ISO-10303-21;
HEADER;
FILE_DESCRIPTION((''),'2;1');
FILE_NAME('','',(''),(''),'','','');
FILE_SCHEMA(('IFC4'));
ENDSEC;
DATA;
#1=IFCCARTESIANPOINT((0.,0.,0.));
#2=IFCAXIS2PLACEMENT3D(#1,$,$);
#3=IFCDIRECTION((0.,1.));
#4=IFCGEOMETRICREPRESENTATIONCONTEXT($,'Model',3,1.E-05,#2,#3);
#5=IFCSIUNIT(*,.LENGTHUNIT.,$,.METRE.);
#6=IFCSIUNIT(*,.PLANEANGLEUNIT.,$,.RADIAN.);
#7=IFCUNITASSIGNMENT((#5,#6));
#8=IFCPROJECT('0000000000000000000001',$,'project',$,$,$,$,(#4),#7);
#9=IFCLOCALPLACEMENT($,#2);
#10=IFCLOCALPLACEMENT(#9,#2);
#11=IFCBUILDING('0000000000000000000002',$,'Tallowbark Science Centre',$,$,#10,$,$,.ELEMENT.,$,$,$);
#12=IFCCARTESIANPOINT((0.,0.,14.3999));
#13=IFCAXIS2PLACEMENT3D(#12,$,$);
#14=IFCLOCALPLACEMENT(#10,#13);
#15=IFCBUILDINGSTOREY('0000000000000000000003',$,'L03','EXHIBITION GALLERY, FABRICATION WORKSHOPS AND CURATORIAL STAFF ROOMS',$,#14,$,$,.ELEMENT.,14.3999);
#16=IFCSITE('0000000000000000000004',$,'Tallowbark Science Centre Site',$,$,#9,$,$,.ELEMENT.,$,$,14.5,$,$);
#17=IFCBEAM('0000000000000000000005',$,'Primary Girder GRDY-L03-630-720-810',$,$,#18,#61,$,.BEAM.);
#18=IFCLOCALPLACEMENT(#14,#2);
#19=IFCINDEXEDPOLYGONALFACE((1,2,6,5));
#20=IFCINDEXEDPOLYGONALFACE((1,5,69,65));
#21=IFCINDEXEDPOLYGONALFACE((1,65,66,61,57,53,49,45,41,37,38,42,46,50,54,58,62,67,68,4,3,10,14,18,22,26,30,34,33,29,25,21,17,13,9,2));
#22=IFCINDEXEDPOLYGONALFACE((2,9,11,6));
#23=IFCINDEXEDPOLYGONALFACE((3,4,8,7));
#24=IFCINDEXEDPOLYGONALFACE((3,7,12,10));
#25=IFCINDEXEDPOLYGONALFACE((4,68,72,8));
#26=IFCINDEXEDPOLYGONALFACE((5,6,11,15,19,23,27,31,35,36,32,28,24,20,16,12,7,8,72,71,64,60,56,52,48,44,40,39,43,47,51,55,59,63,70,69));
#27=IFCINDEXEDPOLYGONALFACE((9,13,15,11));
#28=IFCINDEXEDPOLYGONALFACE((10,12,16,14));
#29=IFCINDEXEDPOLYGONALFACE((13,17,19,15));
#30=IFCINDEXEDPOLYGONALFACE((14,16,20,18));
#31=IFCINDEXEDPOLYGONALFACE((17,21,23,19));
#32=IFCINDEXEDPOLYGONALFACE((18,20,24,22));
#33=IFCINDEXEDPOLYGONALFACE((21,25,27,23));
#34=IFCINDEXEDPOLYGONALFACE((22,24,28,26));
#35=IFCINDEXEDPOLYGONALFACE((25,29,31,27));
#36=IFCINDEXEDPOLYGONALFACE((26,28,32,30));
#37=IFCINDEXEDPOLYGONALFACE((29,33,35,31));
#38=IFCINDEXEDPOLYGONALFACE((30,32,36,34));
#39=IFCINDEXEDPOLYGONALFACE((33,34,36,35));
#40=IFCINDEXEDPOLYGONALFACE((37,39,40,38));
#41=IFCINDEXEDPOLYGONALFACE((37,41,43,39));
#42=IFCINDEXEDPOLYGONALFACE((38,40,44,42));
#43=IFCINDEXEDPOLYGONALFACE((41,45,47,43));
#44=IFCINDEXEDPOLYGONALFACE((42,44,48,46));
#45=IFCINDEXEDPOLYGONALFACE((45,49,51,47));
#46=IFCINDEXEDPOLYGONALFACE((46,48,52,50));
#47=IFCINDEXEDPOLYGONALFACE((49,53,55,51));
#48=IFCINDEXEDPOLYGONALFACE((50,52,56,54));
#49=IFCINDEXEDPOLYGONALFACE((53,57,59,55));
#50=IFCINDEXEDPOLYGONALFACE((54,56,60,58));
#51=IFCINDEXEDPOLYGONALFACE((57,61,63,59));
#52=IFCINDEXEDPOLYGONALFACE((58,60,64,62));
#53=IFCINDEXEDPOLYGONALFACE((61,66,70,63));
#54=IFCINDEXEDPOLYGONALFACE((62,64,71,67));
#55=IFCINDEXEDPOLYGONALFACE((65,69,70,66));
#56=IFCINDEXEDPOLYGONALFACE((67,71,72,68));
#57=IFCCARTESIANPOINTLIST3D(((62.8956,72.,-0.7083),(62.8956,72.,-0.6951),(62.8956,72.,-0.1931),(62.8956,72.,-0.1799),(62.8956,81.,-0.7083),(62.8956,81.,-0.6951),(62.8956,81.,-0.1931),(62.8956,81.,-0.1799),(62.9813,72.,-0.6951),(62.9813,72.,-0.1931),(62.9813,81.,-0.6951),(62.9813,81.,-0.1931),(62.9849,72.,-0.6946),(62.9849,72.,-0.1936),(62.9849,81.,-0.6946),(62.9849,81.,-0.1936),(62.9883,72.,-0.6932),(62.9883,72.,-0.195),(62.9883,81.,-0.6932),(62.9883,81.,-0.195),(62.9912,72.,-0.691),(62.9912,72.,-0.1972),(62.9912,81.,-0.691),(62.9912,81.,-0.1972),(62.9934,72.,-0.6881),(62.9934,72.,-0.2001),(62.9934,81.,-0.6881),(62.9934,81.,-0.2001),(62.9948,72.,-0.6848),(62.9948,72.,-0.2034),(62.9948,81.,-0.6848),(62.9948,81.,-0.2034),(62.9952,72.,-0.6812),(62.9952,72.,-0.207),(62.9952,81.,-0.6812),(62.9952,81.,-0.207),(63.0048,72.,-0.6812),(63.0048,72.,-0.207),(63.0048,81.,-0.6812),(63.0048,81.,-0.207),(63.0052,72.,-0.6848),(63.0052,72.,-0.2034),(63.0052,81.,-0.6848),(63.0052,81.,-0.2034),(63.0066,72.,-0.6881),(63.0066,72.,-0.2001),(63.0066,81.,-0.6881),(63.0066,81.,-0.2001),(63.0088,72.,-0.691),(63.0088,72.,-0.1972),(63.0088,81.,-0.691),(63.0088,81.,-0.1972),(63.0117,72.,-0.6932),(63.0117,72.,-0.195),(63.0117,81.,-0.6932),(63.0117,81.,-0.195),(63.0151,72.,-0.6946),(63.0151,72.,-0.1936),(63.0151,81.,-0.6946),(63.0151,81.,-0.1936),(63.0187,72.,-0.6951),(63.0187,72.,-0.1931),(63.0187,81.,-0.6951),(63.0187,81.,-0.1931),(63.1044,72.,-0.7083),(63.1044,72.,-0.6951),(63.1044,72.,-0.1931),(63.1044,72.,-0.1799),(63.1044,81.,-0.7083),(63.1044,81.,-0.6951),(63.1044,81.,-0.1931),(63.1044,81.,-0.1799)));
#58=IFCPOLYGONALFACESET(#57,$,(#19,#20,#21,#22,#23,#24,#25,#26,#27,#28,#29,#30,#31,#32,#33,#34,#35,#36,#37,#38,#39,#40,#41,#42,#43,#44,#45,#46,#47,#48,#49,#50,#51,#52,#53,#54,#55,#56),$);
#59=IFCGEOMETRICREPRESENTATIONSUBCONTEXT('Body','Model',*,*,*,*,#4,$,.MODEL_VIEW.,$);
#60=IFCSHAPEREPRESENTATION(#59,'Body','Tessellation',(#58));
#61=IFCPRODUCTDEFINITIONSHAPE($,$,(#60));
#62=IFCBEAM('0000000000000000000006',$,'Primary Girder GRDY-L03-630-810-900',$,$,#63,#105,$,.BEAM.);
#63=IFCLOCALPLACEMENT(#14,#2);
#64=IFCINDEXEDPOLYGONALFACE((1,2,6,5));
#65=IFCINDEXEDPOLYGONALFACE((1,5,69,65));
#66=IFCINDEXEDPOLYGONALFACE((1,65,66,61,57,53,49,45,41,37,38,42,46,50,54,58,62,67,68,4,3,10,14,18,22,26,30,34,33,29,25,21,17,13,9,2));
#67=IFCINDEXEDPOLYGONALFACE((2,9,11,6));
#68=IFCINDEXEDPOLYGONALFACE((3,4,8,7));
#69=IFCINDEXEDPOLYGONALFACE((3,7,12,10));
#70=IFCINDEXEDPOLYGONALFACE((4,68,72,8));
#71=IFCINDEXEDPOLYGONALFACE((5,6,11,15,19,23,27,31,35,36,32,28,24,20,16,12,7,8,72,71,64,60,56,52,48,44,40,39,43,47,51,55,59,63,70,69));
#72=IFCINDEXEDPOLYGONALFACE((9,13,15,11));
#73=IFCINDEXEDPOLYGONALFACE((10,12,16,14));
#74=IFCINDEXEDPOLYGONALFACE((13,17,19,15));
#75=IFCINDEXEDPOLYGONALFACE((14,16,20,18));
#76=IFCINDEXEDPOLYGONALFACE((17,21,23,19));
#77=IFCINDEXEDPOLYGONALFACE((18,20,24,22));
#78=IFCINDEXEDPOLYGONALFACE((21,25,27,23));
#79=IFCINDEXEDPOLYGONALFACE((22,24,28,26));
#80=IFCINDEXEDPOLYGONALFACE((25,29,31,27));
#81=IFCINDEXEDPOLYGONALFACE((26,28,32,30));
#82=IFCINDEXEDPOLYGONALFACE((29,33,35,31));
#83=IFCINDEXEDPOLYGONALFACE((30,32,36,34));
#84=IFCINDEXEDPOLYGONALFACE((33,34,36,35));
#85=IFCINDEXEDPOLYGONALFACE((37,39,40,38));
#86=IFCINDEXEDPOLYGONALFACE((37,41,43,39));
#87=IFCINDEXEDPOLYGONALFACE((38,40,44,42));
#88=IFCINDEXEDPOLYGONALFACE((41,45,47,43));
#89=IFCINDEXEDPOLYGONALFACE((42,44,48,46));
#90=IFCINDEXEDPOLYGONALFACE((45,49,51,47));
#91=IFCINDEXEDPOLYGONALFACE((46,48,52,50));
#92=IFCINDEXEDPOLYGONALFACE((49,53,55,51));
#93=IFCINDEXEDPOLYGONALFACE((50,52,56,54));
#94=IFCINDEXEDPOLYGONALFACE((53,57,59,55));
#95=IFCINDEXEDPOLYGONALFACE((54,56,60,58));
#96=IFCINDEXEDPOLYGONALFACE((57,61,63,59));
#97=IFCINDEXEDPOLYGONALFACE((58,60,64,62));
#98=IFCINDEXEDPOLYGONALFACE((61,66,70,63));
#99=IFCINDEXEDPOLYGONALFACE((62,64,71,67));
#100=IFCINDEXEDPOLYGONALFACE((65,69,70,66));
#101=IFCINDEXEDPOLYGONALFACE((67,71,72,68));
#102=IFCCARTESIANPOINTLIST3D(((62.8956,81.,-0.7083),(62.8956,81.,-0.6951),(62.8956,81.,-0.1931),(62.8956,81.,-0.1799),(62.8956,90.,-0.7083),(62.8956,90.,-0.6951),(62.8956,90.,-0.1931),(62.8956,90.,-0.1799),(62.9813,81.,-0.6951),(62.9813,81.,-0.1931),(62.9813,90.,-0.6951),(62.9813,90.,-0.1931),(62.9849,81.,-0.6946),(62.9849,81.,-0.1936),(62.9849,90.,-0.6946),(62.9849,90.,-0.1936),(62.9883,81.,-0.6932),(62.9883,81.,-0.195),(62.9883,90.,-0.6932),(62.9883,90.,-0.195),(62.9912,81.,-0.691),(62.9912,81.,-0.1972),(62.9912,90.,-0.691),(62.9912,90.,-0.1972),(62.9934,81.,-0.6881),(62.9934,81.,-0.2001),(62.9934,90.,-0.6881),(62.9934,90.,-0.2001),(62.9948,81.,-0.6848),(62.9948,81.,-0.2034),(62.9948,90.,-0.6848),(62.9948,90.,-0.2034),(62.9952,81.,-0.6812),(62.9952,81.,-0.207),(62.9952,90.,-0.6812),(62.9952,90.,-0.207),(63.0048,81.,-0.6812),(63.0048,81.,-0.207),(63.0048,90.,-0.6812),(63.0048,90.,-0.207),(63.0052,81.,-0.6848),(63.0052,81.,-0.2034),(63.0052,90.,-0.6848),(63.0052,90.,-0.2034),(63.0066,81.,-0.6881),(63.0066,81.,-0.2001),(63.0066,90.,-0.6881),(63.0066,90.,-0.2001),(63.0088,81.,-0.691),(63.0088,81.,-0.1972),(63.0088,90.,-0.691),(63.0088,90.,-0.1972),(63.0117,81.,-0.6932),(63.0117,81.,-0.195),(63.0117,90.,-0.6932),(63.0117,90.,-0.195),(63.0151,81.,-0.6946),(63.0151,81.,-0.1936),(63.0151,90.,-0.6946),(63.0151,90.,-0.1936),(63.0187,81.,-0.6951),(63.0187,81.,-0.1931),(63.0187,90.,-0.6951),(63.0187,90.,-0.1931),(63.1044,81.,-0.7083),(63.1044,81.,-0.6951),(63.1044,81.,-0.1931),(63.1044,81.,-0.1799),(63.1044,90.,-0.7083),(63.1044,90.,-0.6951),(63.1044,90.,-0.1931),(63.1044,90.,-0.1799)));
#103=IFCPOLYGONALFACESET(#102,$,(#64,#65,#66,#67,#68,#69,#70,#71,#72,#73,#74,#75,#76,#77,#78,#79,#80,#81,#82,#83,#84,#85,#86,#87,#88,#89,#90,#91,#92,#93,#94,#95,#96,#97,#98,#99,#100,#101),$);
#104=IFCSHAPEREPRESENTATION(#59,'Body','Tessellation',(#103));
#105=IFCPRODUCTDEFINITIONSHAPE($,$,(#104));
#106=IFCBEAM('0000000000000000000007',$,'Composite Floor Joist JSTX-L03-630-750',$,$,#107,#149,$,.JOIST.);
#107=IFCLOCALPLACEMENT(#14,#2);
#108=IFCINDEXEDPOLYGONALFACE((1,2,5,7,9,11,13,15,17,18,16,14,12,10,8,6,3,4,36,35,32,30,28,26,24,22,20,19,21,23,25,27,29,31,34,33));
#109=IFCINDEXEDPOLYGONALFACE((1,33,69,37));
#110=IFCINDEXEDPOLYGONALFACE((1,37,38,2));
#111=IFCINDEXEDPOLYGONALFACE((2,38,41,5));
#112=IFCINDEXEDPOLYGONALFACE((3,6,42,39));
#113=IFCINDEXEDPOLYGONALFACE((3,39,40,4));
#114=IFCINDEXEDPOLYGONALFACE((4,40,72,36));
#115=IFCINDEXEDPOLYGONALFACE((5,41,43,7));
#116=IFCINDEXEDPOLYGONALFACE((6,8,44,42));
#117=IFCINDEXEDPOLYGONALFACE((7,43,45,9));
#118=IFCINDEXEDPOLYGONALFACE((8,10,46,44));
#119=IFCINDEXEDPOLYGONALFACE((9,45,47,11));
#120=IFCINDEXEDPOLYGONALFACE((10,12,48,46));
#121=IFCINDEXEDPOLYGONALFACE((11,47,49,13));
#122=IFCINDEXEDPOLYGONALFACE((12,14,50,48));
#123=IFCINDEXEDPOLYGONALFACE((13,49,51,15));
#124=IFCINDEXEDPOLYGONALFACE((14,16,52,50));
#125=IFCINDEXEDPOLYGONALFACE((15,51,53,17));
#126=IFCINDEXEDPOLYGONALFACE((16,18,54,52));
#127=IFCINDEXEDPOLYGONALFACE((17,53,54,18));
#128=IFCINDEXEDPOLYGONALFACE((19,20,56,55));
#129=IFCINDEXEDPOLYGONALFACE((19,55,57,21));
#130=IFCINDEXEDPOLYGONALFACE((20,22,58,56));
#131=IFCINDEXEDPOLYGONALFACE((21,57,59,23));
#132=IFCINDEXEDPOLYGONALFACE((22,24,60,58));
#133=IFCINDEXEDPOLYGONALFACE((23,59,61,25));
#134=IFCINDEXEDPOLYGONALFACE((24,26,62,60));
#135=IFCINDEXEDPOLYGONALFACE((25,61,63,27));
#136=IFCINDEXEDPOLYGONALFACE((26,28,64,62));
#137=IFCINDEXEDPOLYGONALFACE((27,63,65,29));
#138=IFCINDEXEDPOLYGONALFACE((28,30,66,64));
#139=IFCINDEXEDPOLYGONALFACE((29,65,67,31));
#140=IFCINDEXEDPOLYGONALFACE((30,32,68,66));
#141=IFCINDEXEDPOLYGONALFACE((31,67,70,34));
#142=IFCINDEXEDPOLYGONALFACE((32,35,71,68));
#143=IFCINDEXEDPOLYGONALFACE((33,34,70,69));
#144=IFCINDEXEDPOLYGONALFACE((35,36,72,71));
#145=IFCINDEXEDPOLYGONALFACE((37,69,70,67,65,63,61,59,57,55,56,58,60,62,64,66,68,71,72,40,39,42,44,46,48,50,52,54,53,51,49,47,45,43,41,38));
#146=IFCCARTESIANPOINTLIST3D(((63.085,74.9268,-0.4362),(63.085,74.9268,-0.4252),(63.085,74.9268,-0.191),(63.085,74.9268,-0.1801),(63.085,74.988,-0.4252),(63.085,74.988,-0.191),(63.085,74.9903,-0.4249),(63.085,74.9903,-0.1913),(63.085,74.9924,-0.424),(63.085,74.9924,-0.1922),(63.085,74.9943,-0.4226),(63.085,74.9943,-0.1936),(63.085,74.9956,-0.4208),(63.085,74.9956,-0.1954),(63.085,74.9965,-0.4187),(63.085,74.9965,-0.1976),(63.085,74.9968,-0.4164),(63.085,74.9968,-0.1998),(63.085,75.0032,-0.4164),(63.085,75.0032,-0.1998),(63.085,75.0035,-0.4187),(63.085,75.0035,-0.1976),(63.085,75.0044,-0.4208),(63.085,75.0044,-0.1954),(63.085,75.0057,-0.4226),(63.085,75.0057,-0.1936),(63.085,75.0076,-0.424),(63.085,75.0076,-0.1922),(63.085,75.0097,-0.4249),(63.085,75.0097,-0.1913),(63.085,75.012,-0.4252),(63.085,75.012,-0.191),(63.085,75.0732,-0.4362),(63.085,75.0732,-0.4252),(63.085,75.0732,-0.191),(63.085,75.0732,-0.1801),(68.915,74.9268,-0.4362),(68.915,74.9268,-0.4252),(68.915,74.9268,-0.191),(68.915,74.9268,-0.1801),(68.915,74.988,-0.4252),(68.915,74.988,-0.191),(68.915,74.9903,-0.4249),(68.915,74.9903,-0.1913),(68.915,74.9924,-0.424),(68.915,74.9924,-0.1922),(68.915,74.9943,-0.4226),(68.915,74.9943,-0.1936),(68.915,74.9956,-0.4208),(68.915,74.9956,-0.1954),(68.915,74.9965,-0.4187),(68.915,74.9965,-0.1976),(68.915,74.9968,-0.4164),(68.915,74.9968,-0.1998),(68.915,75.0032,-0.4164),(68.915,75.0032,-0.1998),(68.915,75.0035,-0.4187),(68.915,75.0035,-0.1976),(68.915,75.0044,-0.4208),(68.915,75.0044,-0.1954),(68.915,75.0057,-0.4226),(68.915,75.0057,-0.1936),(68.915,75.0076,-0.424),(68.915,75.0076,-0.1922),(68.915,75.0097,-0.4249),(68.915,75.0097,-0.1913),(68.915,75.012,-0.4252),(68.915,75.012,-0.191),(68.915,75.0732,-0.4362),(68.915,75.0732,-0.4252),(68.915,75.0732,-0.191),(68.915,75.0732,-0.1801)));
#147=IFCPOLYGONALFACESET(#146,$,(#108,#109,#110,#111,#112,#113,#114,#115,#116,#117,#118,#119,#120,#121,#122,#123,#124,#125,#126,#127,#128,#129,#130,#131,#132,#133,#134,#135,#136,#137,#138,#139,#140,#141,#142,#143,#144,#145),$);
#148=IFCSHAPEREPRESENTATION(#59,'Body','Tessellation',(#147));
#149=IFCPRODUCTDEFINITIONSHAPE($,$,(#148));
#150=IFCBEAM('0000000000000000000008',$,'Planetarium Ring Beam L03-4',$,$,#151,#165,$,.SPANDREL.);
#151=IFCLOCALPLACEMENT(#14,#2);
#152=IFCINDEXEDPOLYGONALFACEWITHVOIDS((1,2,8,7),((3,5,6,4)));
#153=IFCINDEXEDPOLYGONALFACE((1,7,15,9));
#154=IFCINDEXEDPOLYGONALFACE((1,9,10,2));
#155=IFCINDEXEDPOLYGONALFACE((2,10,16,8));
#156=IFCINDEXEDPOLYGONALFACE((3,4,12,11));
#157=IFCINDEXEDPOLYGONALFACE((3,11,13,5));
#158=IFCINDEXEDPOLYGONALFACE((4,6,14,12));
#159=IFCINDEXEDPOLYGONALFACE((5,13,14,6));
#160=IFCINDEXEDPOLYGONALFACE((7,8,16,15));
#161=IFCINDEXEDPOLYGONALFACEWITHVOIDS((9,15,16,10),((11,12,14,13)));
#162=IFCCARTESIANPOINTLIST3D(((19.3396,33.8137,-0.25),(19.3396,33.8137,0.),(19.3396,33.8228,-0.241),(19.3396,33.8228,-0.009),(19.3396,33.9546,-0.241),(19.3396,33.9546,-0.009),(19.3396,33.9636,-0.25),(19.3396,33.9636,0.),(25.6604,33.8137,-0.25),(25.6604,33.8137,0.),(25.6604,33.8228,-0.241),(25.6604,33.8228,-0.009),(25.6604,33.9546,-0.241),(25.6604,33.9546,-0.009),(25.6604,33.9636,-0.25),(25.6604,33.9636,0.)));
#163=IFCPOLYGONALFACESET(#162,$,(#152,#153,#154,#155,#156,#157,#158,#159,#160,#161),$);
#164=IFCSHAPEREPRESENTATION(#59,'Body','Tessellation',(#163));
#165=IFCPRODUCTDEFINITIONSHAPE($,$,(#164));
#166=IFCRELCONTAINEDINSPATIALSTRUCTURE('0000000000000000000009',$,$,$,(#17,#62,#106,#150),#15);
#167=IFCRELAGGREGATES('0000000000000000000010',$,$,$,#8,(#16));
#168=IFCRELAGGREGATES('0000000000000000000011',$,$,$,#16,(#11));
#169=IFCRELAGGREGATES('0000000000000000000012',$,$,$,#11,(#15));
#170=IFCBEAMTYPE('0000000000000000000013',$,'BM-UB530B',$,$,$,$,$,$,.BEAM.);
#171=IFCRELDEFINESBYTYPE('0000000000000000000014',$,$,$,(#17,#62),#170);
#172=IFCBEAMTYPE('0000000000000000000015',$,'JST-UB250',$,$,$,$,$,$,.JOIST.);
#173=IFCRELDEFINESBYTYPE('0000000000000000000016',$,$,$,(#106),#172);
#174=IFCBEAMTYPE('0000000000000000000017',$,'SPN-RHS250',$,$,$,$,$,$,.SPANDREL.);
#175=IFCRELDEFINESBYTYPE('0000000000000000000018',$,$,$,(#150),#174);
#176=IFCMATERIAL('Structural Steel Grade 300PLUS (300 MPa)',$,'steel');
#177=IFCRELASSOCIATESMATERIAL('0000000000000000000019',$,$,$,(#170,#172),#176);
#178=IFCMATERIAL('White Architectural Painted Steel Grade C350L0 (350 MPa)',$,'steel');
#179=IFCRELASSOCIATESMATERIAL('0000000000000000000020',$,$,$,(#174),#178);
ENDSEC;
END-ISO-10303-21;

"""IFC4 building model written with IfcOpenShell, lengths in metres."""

from ifc_helpers import new_model, si_unit, direction, frame, origin, origin_2d, place, context, subcontext, project, spatial, hollow_rectangle, i_section, extrude, material, material_profile, profile_set, type_object, element, save


model = new_model("IFC4")

# Units and contexts
model_context = context("Model", 3, precision=1e-05, world=origin(), true_north=direction((0.0, 1.0)))
body_context = subcontext(model_context, "Body", "Model", "MODEL_VIEW")
ifc_project = project(units=[si_unit("LENGTHUNIT", "METRE"), si_unit("PLANEANGLEUNIT", "RADIAN")], contexts=[model_context])

# Site, building, storey
site_placement = place(None, origin())
site = spatial("IfcSite", under=ifc_project, at=site_placement, Name="Tallowbark Science Centre Site", CompositionType="ELEMENT", RefElevation=14.5)
building_placement = place(site_placement, origin())
building = spatial("IfcBuilding", under=site, at=building_placement, Name="Tallowbark Science Centre", CompositionType="ELEMENT")
storey_placement = place(building_placement, frame((0.0, 0.0, 14.3999)))
storey = spatial("IfcBuildingStorey", under=building, at=storey_placement, Name="L03", Description="EXHIBITION GALLERY, FABRICATION WORKSHOPS AND CURATORIAL STAFF ROOMS", CompositionType="ELEMENT", Elevation=14.3999)

# Shared definitions
ifc_material_1 = material(Name="White Architectural Painted Steel Grade C350L0 (350 MPa)", Category="steel")
ifc_material_2 = material(Name="Structural Steel Grade 300PLUS (300 MPa)", Category="steel")

# Beams
ifc_material_profile_1 = material_profile(ifc_material_2, i_section(OverallWidth=0.2087, OverallDepth=0.5283, WebThickness=0.0095, FlangeThickness=0.0132, FilletRadius=0.0139, at=origin_2d()), Name="530UB82.0")
ifc_profile_set_1 = profile_set([ifc_material_profile_1], Name="Structural Steel Grade 300PLUS (300 MPa)")
beam_type_1 = type_object("IfcBeamType", Name="BM-UB530B", PredefinedType="BEAM", material=ifc_profile_set_1)
for number, where, z_axis, x_axis, name in (
    (1, (63.0, 72.0, -0.4441), (0.0, 1.0, 0.0), (-1.0, 0.0, 0.0), "Primary Girder GRDY-L03-630-720-810"),
    (2, (63.0, 81.0, -0.4441), (0.0, 1.0, 0.0), (-1.0, 0.0, 0.0), "Primary Girder GRDY-L03-630-810-900"),
):
    element("IfcBeam", number, at=place(storey_placement, frame(where, z_axis=z_axis, x_axis=x_axis)), inside=storey, type_object=beam_type_1, Name=name, PredefinedType="BEAM", context=body_context, shape_type="SweptSolid", body=[
        extrude(i_section(OverallWidth=0.2087, OverallDepth=0.5283, WebThickness=0.0095, FlangeThickness=0.0132, FilletRadius=0.0139, at=origin_2d()), origin(), (0.0, 0.0, 1.0), 9.0),
    ])
ifc_material_profile_2 = material_profile(ifc_material_2, i_section(OverallWidth=0.1465, OverallDepth=0.2561, WebThickness=0.0063, FlangeThickness=0.011, FilletRadius=0.0088, at=origin_2d()), Name="250UB37.3")
ifc_profile_set_2 = profile_set([ifc_material_profile_2], Name="Structural Steel Grade 300PLUS (300 MPa)")
beam_type_2 = type_object("IfcBeamType", Name="JST-UB250", PredefinedType="JOIST", material=ifc_profile_set_2)
beam_1_placement = place(storey_placement, frame((63.085, 75.0, -0.3081), z_axis=(1.0, 0.0, 0.0), x_axis=(0.0, 1.0, 0.0)))
element("IfcBeam", 3, at=beam_1_placement, inside=storey, type_object=beam_type_2, Name="Composite Floor Joist JSTX-L03-630-750", PredefinedType="JOIST", context=body_context, shape_type="SweptSolid", body=[
    extrude(i_section(OverallWidth=0.1465, OverallDepth=0.2561, WebThickness=0.0063, FlangeThickness=0.011, FilletRadius=0.0088, at=origin_2d()), origin(), (0.0, 0.0, 1.0), 5.8301),
])
ifc_material_profile_3 = material_profile(ifc_material_1, hollow_rectangle(XDim=0.1499, YDim=0.25, WallThickness=0.009, at=origin_2d()), Name="250x150x9.0RHS")
ifc_profile_set_3 = profile_set([ifc_material_profile_3], Name="White Architectural Painted Steel Grade C350L0 (350 MPa)")
beam_type_3 = type_object("IfcBeamType", Name="SPN-RHS250", PredefinedType="SPANDREL", material=ifc_profile_set_3)
beam_2_placement = place(storey_placement, frame((25.6604, 33.8887, -0.125), z_axis=(-1.0, 0.0, 0.0), x_axis=(0.0, -1.0, 0.0)))
element("IfcBeam", 4, at=beam_2_placement, inside=storey, type_object=beam_type_3, Name="Planetarium Ring Beam L03-4", PredefinedType="SPANDREL", context=body_context, shape_type="SweptSolid", body=[
    extrude(hollow_rectangle(XDim=0.1499, YDim=0.25, WallThickness=0.009, at=origin_2d()), origin(), (0.0, 0.0, 1.0), 6.3208),
])

save(model, "model.ifc")
